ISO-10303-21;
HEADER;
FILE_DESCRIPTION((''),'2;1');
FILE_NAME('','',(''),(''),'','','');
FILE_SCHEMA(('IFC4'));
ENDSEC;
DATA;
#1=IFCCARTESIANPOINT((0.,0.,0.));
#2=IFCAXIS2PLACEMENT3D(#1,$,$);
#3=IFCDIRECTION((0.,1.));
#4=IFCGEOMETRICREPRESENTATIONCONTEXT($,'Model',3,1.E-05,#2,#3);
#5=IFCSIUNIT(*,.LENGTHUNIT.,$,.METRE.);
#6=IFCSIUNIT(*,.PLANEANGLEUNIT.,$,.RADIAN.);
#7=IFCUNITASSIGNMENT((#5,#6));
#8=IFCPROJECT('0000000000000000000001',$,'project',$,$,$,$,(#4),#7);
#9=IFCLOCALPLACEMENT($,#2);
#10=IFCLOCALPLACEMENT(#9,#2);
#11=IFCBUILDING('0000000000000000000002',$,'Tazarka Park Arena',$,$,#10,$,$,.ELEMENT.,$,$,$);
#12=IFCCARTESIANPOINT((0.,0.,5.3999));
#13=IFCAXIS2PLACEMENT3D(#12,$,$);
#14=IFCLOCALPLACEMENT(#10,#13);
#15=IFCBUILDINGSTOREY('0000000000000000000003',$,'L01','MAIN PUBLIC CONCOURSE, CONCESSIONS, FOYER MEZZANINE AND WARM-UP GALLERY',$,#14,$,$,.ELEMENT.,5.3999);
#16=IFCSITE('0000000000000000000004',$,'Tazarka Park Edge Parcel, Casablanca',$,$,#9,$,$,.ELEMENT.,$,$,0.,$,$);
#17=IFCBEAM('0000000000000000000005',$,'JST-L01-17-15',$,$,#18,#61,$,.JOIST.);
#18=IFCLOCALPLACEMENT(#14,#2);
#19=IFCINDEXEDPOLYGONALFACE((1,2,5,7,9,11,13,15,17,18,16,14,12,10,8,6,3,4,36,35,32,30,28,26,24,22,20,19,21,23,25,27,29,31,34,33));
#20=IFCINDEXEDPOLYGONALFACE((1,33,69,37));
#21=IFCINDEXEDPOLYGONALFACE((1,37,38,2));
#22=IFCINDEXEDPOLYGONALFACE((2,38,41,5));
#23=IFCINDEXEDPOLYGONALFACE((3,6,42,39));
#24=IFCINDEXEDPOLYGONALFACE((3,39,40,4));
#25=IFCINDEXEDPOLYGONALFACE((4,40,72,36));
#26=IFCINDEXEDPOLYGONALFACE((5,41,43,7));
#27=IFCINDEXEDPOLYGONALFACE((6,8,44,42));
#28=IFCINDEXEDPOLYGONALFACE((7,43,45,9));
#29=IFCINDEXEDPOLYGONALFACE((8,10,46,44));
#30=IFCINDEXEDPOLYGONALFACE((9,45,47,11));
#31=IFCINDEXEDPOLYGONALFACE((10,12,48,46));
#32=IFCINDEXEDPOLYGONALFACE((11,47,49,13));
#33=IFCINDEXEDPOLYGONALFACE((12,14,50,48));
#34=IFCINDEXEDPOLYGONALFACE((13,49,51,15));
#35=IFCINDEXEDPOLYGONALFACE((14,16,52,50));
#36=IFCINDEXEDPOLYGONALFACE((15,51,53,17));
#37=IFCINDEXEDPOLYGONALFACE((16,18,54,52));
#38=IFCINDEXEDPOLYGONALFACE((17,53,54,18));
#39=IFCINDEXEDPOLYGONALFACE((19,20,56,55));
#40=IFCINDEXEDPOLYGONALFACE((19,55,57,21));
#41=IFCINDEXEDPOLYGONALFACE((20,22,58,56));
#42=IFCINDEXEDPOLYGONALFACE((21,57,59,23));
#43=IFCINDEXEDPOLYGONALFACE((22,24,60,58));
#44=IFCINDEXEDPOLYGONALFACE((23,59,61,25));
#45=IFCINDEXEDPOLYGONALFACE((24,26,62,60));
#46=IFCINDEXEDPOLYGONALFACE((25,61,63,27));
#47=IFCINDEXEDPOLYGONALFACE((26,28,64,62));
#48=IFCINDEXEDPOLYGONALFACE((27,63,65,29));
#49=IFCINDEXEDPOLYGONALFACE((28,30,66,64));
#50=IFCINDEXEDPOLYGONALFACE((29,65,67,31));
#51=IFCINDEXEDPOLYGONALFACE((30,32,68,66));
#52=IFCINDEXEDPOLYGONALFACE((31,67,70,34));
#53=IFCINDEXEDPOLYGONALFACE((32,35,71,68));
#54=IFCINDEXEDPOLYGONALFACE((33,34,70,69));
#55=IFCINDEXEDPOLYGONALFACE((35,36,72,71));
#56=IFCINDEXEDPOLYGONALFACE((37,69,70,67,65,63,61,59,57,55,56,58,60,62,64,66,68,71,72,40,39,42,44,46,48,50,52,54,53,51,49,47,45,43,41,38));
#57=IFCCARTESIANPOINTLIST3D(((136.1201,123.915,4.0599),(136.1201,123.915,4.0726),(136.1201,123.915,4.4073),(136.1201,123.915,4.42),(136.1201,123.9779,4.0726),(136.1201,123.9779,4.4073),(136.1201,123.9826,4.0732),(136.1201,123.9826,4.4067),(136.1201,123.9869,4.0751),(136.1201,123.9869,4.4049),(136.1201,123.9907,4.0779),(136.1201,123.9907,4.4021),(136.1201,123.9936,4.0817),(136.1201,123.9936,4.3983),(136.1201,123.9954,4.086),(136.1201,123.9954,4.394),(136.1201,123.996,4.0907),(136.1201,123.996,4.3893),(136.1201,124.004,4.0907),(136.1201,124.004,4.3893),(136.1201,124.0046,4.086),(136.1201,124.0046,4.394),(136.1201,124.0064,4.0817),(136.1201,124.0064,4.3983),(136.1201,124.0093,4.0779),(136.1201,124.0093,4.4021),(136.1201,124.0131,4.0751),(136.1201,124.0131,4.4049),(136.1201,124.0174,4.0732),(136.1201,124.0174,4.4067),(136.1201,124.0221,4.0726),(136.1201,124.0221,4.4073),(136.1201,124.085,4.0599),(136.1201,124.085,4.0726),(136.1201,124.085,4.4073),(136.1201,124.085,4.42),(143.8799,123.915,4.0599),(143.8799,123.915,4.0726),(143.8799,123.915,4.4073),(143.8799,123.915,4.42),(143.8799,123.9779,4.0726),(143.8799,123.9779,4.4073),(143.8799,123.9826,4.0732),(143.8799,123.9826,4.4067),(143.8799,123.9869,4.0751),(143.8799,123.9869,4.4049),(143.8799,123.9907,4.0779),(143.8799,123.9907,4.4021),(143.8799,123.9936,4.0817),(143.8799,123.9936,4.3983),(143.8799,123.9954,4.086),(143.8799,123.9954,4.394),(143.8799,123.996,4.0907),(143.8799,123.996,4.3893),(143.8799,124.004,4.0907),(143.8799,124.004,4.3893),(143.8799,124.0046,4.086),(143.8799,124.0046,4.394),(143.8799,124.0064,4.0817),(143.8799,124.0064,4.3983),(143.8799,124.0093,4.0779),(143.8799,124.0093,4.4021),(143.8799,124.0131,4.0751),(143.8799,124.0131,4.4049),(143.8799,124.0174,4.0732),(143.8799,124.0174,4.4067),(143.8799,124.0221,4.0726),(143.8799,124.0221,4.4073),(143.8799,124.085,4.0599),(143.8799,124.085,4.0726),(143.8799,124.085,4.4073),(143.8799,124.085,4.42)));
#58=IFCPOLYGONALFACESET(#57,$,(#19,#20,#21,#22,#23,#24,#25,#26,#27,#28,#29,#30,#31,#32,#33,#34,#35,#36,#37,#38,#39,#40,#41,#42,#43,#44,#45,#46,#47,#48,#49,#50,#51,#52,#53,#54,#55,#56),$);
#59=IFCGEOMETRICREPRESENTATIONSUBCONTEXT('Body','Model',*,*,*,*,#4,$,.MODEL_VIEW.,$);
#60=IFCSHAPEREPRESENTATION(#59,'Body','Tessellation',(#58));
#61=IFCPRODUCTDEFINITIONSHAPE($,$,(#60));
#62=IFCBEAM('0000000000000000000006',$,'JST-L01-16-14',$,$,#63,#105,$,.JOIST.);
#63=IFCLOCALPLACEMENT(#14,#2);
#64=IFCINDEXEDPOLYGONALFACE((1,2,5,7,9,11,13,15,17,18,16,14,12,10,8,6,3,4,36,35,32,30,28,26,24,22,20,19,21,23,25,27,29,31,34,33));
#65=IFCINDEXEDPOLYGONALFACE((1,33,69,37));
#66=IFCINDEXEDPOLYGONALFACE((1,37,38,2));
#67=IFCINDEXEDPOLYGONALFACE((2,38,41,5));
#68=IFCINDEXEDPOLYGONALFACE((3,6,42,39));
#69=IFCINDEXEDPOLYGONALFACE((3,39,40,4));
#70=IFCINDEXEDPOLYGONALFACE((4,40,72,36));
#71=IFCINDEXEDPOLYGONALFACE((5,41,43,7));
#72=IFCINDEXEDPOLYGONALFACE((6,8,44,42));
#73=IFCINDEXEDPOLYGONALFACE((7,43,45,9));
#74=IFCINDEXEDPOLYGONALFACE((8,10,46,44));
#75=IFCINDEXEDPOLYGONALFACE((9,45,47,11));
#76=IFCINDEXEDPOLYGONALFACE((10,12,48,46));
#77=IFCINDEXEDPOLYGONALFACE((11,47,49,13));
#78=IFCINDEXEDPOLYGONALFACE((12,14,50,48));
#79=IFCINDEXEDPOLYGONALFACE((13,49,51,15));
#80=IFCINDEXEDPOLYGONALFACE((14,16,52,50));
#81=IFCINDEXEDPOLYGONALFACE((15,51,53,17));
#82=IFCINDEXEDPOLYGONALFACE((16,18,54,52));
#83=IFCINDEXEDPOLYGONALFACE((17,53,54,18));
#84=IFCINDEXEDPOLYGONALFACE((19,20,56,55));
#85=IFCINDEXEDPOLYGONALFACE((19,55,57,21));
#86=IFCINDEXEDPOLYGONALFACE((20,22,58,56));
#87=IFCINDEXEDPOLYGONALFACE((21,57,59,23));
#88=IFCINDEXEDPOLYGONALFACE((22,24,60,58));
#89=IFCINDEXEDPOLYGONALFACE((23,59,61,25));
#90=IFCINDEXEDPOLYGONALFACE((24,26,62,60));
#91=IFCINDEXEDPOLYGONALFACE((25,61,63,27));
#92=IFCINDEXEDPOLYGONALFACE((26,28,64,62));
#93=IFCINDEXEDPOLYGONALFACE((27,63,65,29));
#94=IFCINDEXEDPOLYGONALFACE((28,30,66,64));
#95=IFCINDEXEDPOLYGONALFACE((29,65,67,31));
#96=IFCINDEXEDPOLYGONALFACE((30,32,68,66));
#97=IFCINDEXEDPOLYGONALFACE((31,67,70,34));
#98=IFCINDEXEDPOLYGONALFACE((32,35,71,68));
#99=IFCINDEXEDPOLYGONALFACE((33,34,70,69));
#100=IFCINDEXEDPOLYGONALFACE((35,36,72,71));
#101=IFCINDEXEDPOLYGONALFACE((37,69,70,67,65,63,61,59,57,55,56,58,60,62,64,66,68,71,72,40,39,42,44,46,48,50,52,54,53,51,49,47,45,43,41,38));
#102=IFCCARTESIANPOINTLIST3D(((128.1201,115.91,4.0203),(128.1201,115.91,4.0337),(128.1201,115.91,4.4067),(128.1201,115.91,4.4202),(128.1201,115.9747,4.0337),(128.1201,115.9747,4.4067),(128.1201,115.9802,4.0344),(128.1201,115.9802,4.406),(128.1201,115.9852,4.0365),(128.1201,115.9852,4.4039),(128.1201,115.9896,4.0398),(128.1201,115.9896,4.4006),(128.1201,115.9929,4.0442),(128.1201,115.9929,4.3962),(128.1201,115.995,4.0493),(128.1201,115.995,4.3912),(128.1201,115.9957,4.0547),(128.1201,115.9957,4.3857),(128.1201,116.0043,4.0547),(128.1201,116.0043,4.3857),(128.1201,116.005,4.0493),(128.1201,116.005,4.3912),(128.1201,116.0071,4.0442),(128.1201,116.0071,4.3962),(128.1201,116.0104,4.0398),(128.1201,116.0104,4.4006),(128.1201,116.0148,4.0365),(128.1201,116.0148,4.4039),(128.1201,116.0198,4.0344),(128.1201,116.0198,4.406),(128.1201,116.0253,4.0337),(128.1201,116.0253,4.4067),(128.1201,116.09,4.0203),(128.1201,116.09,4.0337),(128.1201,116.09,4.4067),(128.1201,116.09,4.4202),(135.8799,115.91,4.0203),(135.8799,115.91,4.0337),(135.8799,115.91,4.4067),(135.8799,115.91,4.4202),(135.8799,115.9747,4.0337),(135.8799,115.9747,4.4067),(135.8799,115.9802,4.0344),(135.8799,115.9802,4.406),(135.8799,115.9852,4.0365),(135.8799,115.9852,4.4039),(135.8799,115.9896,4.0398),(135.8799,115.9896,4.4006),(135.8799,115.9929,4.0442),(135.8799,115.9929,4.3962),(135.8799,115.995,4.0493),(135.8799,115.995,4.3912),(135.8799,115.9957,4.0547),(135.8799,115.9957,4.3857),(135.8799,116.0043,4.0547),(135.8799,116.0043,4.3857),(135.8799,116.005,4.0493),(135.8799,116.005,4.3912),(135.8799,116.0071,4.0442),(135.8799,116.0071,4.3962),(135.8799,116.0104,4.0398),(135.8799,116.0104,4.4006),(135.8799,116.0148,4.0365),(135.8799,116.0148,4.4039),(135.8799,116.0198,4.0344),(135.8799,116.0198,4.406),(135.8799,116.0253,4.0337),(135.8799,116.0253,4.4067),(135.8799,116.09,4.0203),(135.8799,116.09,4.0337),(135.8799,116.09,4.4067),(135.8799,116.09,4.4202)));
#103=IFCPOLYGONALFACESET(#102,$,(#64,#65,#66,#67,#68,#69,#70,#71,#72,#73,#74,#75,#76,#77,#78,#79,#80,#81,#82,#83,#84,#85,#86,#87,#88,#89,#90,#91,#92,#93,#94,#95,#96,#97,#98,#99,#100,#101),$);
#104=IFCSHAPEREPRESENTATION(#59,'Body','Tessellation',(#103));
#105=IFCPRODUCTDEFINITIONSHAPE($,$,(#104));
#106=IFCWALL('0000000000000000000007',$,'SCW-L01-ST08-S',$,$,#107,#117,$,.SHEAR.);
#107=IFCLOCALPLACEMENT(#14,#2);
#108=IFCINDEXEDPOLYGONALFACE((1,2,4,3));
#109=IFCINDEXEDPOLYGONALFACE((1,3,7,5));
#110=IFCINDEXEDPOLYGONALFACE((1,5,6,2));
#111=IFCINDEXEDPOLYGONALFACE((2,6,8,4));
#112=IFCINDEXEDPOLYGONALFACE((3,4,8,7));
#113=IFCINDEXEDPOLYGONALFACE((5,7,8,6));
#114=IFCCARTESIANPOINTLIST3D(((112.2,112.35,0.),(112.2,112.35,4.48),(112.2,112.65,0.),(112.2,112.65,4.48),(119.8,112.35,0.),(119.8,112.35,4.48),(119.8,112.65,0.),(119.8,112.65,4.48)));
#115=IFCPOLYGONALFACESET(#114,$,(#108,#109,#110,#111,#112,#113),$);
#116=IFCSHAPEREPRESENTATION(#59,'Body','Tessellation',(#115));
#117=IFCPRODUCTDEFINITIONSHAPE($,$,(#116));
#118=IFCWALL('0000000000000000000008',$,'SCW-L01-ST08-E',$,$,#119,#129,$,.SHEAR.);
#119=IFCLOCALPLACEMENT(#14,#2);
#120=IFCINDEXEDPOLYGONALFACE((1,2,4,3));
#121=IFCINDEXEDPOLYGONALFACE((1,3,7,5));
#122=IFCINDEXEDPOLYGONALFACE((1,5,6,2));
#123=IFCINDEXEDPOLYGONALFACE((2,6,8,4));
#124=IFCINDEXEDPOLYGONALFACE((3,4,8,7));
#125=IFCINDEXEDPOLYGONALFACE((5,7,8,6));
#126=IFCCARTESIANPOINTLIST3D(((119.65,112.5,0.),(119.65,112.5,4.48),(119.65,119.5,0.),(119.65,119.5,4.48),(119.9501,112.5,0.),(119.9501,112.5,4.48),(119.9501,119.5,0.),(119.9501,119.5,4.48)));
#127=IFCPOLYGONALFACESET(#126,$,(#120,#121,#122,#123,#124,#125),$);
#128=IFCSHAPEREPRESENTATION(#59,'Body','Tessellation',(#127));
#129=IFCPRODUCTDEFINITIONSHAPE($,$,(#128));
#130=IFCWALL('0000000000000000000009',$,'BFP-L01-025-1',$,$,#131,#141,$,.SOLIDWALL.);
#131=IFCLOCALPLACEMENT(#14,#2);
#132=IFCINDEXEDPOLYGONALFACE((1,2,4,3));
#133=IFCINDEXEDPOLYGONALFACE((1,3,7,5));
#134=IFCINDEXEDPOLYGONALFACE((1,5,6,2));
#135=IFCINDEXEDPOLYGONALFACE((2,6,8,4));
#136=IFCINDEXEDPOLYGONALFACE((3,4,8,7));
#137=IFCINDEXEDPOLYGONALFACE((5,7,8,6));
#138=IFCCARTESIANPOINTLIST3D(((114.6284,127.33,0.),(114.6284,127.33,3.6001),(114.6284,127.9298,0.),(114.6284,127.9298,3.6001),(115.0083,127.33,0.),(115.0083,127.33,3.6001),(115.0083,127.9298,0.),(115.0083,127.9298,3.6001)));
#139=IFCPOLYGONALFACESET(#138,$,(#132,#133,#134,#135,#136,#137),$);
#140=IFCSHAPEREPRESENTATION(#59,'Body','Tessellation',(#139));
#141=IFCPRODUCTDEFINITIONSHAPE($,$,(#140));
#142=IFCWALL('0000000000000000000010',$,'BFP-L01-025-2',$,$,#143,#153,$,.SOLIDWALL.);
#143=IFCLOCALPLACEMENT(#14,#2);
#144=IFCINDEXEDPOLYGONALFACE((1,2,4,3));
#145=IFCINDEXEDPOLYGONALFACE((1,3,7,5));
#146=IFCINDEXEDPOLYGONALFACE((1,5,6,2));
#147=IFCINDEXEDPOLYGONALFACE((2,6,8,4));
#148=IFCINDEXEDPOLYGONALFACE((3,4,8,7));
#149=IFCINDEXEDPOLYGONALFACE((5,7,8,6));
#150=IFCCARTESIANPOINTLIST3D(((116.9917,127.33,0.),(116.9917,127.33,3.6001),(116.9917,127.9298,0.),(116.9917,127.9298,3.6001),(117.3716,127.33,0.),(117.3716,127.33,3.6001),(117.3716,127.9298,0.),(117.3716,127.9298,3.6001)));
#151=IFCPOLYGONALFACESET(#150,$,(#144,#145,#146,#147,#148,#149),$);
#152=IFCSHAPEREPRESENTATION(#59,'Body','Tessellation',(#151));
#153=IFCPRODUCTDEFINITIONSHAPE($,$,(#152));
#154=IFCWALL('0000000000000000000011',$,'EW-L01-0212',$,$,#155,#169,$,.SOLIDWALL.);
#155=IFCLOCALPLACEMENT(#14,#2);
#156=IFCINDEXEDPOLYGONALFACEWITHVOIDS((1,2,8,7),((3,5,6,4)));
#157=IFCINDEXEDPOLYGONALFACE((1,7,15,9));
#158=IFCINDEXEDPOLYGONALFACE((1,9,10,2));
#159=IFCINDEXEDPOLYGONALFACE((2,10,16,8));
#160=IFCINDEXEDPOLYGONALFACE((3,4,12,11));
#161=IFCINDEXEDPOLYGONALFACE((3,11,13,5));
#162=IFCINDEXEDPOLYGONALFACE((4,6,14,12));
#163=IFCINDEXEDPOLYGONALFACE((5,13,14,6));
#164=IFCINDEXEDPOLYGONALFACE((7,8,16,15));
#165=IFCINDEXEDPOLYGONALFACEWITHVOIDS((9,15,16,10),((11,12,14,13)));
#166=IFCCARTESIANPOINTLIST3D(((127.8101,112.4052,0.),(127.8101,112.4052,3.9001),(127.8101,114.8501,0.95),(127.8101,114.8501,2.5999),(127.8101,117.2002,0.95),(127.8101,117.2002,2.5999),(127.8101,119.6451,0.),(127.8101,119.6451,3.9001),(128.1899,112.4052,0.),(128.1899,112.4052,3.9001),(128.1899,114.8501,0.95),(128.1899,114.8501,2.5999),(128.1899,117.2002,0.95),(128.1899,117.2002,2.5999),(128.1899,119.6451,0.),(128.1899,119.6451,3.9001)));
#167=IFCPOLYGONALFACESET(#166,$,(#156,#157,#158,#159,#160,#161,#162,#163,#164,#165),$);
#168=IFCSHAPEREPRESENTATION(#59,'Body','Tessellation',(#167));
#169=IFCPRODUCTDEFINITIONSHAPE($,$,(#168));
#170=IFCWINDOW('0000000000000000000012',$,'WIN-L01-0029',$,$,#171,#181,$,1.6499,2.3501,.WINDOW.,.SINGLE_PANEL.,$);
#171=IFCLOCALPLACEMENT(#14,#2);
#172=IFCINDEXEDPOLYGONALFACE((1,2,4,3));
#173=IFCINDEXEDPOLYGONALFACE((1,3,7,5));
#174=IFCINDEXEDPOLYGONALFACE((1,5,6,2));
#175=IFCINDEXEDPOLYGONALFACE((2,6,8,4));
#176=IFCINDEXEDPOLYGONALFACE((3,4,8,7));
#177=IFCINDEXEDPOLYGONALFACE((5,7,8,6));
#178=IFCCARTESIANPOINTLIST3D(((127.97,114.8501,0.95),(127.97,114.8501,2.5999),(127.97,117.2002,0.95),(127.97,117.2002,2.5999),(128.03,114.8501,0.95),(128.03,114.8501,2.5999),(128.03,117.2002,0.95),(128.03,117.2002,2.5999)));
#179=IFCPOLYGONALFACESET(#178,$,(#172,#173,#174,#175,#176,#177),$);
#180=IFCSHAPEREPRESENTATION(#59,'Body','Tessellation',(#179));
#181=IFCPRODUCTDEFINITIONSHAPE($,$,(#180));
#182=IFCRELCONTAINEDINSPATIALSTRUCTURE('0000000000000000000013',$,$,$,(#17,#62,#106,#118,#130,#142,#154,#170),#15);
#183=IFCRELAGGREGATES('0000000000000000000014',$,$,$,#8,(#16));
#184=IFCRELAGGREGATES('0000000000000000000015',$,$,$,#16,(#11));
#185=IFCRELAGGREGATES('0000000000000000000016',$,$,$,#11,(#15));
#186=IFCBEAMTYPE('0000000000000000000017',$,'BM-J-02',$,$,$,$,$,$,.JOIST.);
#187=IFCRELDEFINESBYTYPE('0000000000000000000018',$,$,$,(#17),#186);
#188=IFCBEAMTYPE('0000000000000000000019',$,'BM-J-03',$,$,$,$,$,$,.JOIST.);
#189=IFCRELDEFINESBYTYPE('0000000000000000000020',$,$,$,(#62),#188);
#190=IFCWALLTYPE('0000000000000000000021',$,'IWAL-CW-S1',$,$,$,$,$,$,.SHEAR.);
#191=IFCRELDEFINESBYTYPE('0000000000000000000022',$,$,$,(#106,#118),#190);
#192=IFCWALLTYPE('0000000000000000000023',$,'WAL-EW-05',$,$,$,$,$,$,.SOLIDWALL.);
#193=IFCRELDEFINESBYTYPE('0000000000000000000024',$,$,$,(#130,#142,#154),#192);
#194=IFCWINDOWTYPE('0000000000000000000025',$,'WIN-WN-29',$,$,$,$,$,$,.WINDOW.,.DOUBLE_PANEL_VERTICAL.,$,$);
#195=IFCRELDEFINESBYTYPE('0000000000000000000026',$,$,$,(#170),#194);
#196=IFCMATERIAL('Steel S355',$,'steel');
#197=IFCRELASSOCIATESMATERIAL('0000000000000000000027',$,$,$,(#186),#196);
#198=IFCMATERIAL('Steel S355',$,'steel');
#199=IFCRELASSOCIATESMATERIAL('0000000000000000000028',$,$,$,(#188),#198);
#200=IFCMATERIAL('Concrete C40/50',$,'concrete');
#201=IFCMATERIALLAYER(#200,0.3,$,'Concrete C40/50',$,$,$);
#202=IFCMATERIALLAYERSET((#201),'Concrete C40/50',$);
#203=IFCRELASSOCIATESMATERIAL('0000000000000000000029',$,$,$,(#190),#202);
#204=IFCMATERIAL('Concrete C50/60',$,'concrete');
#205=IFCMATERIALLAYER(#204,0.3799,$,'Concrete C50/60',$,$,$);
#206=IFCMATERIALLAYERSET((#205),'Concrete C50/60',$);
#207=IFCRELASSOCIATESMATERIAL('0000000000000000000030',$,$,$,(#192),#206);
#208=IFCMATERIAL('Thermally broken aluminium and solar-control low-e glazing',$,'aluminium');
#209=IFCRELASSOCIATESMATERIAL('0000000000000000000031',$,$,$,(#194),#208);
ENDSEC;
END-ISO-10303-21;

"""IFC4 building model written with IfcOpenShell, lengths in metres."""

from ifc_helpers import new_model, si_unit, direction, frame, frame_2d, origin, origin_2d, place, context, subcontext, project, spatial, rectangle, i_section, extrude, material, layer, layer_set, material_profile, profile_set, type_object, element, fill, save


model = new_model("IFC4")

# Units and contexts
model_context = context("Model", 3, precision=1e-05, world=origin(), true_north=direction((0.0, 1.0)))
body_context = subcontext(model_context, "Body", "Model", "MODEL_VIEW")
ifc_project = project(units=[si_unit("LENGTHUNIT", "METRE"), si_unit("PLANEANGLEUNIT", "RADIAN")], contexts=[model_context])

# Site, building, storey
site_placement = place(None, origin())
site = spatial("IfcSite", under=ifc_project, at=site_placement, Name="Tazarka Park Edge Parcel, Casablanca", CompositionType="ELEMENT", RefElevation=0.0)
building_placement = place(site_placement, origin())
building = spatial("IfcBuilding", under=site, at=building_placement, Name="Tazarka Park Arena", CompositionType="ELEMENT")
storey_placement = place(building_placement, frame((0.0, 0.0, 5.3999)))
storey = spatial("IfcBuildingStorey", under=building, at=storey_placement, Name="L01", Description="MAIN PUBLIC CONCOURSE, CONCESSIONS, FOYER MEZZANINE AND WARM-UP GALLERY", CompositionType="ELEMENT", Elevation=5.3999)

# Beams
ifc_material_1 = material(Name="Steel S355", Category="steel")
ifc_material_profile_1 = material_profile(ifc_material_1, i_section(OverallWidth=0.1699, OverallDepth=0.3601, WebThickness=0.0081, FlangeThickness=0.0127, FilletRadius=0.0181, at=origin_2d()), Name="Steel S355")
ifc_profile_set_1 = profile_set([ifc_material_profile_1], Name="Steel S355")
beam_type_1 = type_object("IfcBeamType", Name="BM-J-02", PredefinedType="JOIST", material=ifc_profile_set_1)
beam_1_placement = place(storey_placement, frame((136.1201, 124.0, 4.24), z_axis=(1.0, 0.0, 0.0), x_axis=(0.0, 1.0, 0.0)))
element("IfcBeam", 1, at=beam_1_placement, inside=storey, type_object=beam_type_1, Name="JST-L01-17-15", PredefinedType="JOIST", context=body_context, shape_type="SweptSolid", body=[
    extrude(i_section(OverallWidth=0.1699, OverallDepth=0.3601, WebThickness=0.0081, FlangeThickness=0.0127, FilletRadius=0.0181, at=origin_2d()), origin(), (0.0, 0.0, 1.0), 7.7598),
])
ifc_material_2 = material(Name="Steel S355", Category="steel")
ifc_material_profile_2 = material_profile(ifc_material_2, i_section(OverallWidth=0.1799, OverallDepth=0.3999, WebThickness=0.0085, FlangeThickness=0.0134, FilletRadius=0.021, at=origin_2d()), Name="Steel S355")
ifc_profile_set_2 = profile_set([ifc_material_profile_2], Name="Steel S355")
beam_type_2 = type_object("IfcBeamType", Name="BM-J-03", PredefinedType="JOIST", material=ifc_profile_set_2)
beam_2_placement = place(storey_placement, frame((128.1201, 116.0, 4.2202), z_axis=(1.0, 0.0, 0.0), x_axis=(0.0, 1.0, 0.0)))
element("IfcBeam", 2, at=beam_2_placement, inside=storey, type_object=beam_type_2, Name="JST-L01-16-14", PredefinedType="JOIST", context=body_context, shape_type="SweptSolid", body=[
    extrude(i_section(OverallWidth=0.1799, OverallDepth=0.3999, WebThickness=0.0085, FlangeThickness=0.0134, FilletRadius=0.021, at=origin_2d()), origin(), (0.0, 0.0, 1.0), 7.7598),
])

# Walls
ifc_material_3 = material(Name="Concrete C40/50", Category="concrete")
ifc_layer_1 = layer(ifc_material_3, 0.3, Name="Concrete C40/50")
ifc_layer_set_1 = layer_set([ifc_layer_1], Name="Concrete C40/50")
wall_type_1 = type_object("IfcWallType", Name="IWAL-CW-S1", PredefinedType="SHEAR", material=ifc_layer_set_1)
wall_1_placement = place(storey_placement, frame((119.8, 112.5, 0.0), z_axis=(0.0, 0.0, 1.0), x_axis=(-1.0, 0.0, 0.0)))
element("IfcWall", 3, at=wall_1_placement, inside=storey, type_object=wall_type_1, Name="SCW-L01-ST08-S", PredefinedType="SHEAR", context=body_context, shape_type="SweptSolid", body=[
    extrude(rectangle(XDim=7.6001, YDim=0.3, at=frame_2d((3.8, 0.0))), origin(), (0.0, 0.0, 1.0), 4.48),
])
wall_2_placement = place(storey_placement, frame((119.8, 119.5, 0.0), z_axis=(0.0, 0.0, 1.0), x_axis=(0.0, -1.0, 0.0)))
element("IfcWall", 4, at=wall_2_placement, inside=storey, type_object=wall_type_1, Name="SCW-L01-ST08-E", PredefinedType="SHEAR", context=body_context, shape_type="SweptSolid", body=[
    extrude(rectangle(XDim=7.0, YDim=0.3, at=frame_2d((3.5, 0.0))), origin(), (0.0, 0.0, 1.0), 4.48),
])
ifc_material_4 = material(Name="Concrete C50/60", Category="concrete")
ifc_layer_2 = layer(ifc_material_4, 0.3799, Name="Concrete C50/60")
ifc_layer_set_2 = layer_set([ifc_layer_2], Name="Concrete C50/60")
wall_type_2 = type_object("IfcWallType", Name="WAL-EW-05", PredefinedType="SOLIDWALL", material=ifc_layer_set_2)
for number, where, z_axis, x_axis, name in (
    (5, (114.8184, 127.3301, 0.0), (0.0, 0.0, 1.0), (0.0, 1.0, 0.0), "BFP-L01-025-1"),
    (6, (117.1816, 127.3301, 0.0), (0.0, 0.0, 1.0), (0.0, 1.0, 0.0), "BFP-L01-025-2"),
):
    element("IfcWall", number, at=place(storey_placement, frame(where, z_axis=z_axis, x_axis=x_axis)), inside=storey, type_object=wall_type_2, Name=name, PredefinedType="SOLIDWALL", context=body_context, shape_type="SweptSolid", body=[
        extrude(rectangle(XDim=0.5999, YDim=0.3799, at=frame_2d((0.2998, 0.0))), origin(), (0.0, 0.0, 1.0), 3.6001),
    ])

# Wall, opening, window
wall_3_placement = place(storey_placement, frame((128.0, 112.405, 0.0), z_axis=(0.0, 0.0, 1.0), x_axis=(0.0, 1.0, 0.0)))
wall_3 = element("IfcWall", 7, at=wall_3_placement, inside=storey, type_object=wall_type_2, Name="EW-L01-0212", PredefinedType="SOLIDWALL", context=body_context, shape_type="SweptSolid", body=[
    extrude(rectangle(XDim=7.24, YDim=0.3799, at=frame_2d((3.6201, 0.0))), origin(), (0.0, 0.0, 1.0), 3.9001),
])
opening_placement = place(wall_3_placement, frame((2.4451, 0.0, 0.95)))
opening = element("IfcOpeningElement", 8, at=opening_placement, cuts=wall_3, PredefinedType="OPENING", context=body_context, shape_type="SweptSolid", body=[
    extrude(rectangle(XDim=2.3501, YDim=1.6499, at=frame_2d((1.175, 0.825))), frame((0.0, 0.2, 0.0), z_axis=(0.0, -1.0, 0.0), x_axis=(1.0, 0.0, 0.0)), (0.0, 0.0, 1.0), 0.3999),
])
ifc_material_5 = material(Name="Thermally broken aluminium and solar-control low-e glazing", Category="aluminium")
window_type = type_object("IfcWindowType", Name="WIN-WN-29", PartitioningType="DOUBLE_PANEL_VERTICAL", PredefinedType="WINDOW", material=ifc_material_5)
window_placement = place(opening_placement, origin())
window = element("IfcWindow", 9, at=window_placement, inside=storey, type_object=window_type, Name="WIN-L01-0029", OverallHeight=1.6499, OverallWidth=2.3501, PartitioningType="SINGLE_PANEL", PredefinedType="WINDOW", context=body_context, shape_type="SweptSolid", body=[
    extrude(rectangle(XDim=2.3501, YDim=1.6499, at=frame_2d((1.175, 0.825))), frame((0.0, 0.03, 0.0), z_axis=(0.0, -1.0, 0.0), x_axis=(1.0, 0.0, 0.0)), (0.0, 0.0, 1.0), 0.0601),
])
fill(opening, window)

save(model, "model.ifc")
